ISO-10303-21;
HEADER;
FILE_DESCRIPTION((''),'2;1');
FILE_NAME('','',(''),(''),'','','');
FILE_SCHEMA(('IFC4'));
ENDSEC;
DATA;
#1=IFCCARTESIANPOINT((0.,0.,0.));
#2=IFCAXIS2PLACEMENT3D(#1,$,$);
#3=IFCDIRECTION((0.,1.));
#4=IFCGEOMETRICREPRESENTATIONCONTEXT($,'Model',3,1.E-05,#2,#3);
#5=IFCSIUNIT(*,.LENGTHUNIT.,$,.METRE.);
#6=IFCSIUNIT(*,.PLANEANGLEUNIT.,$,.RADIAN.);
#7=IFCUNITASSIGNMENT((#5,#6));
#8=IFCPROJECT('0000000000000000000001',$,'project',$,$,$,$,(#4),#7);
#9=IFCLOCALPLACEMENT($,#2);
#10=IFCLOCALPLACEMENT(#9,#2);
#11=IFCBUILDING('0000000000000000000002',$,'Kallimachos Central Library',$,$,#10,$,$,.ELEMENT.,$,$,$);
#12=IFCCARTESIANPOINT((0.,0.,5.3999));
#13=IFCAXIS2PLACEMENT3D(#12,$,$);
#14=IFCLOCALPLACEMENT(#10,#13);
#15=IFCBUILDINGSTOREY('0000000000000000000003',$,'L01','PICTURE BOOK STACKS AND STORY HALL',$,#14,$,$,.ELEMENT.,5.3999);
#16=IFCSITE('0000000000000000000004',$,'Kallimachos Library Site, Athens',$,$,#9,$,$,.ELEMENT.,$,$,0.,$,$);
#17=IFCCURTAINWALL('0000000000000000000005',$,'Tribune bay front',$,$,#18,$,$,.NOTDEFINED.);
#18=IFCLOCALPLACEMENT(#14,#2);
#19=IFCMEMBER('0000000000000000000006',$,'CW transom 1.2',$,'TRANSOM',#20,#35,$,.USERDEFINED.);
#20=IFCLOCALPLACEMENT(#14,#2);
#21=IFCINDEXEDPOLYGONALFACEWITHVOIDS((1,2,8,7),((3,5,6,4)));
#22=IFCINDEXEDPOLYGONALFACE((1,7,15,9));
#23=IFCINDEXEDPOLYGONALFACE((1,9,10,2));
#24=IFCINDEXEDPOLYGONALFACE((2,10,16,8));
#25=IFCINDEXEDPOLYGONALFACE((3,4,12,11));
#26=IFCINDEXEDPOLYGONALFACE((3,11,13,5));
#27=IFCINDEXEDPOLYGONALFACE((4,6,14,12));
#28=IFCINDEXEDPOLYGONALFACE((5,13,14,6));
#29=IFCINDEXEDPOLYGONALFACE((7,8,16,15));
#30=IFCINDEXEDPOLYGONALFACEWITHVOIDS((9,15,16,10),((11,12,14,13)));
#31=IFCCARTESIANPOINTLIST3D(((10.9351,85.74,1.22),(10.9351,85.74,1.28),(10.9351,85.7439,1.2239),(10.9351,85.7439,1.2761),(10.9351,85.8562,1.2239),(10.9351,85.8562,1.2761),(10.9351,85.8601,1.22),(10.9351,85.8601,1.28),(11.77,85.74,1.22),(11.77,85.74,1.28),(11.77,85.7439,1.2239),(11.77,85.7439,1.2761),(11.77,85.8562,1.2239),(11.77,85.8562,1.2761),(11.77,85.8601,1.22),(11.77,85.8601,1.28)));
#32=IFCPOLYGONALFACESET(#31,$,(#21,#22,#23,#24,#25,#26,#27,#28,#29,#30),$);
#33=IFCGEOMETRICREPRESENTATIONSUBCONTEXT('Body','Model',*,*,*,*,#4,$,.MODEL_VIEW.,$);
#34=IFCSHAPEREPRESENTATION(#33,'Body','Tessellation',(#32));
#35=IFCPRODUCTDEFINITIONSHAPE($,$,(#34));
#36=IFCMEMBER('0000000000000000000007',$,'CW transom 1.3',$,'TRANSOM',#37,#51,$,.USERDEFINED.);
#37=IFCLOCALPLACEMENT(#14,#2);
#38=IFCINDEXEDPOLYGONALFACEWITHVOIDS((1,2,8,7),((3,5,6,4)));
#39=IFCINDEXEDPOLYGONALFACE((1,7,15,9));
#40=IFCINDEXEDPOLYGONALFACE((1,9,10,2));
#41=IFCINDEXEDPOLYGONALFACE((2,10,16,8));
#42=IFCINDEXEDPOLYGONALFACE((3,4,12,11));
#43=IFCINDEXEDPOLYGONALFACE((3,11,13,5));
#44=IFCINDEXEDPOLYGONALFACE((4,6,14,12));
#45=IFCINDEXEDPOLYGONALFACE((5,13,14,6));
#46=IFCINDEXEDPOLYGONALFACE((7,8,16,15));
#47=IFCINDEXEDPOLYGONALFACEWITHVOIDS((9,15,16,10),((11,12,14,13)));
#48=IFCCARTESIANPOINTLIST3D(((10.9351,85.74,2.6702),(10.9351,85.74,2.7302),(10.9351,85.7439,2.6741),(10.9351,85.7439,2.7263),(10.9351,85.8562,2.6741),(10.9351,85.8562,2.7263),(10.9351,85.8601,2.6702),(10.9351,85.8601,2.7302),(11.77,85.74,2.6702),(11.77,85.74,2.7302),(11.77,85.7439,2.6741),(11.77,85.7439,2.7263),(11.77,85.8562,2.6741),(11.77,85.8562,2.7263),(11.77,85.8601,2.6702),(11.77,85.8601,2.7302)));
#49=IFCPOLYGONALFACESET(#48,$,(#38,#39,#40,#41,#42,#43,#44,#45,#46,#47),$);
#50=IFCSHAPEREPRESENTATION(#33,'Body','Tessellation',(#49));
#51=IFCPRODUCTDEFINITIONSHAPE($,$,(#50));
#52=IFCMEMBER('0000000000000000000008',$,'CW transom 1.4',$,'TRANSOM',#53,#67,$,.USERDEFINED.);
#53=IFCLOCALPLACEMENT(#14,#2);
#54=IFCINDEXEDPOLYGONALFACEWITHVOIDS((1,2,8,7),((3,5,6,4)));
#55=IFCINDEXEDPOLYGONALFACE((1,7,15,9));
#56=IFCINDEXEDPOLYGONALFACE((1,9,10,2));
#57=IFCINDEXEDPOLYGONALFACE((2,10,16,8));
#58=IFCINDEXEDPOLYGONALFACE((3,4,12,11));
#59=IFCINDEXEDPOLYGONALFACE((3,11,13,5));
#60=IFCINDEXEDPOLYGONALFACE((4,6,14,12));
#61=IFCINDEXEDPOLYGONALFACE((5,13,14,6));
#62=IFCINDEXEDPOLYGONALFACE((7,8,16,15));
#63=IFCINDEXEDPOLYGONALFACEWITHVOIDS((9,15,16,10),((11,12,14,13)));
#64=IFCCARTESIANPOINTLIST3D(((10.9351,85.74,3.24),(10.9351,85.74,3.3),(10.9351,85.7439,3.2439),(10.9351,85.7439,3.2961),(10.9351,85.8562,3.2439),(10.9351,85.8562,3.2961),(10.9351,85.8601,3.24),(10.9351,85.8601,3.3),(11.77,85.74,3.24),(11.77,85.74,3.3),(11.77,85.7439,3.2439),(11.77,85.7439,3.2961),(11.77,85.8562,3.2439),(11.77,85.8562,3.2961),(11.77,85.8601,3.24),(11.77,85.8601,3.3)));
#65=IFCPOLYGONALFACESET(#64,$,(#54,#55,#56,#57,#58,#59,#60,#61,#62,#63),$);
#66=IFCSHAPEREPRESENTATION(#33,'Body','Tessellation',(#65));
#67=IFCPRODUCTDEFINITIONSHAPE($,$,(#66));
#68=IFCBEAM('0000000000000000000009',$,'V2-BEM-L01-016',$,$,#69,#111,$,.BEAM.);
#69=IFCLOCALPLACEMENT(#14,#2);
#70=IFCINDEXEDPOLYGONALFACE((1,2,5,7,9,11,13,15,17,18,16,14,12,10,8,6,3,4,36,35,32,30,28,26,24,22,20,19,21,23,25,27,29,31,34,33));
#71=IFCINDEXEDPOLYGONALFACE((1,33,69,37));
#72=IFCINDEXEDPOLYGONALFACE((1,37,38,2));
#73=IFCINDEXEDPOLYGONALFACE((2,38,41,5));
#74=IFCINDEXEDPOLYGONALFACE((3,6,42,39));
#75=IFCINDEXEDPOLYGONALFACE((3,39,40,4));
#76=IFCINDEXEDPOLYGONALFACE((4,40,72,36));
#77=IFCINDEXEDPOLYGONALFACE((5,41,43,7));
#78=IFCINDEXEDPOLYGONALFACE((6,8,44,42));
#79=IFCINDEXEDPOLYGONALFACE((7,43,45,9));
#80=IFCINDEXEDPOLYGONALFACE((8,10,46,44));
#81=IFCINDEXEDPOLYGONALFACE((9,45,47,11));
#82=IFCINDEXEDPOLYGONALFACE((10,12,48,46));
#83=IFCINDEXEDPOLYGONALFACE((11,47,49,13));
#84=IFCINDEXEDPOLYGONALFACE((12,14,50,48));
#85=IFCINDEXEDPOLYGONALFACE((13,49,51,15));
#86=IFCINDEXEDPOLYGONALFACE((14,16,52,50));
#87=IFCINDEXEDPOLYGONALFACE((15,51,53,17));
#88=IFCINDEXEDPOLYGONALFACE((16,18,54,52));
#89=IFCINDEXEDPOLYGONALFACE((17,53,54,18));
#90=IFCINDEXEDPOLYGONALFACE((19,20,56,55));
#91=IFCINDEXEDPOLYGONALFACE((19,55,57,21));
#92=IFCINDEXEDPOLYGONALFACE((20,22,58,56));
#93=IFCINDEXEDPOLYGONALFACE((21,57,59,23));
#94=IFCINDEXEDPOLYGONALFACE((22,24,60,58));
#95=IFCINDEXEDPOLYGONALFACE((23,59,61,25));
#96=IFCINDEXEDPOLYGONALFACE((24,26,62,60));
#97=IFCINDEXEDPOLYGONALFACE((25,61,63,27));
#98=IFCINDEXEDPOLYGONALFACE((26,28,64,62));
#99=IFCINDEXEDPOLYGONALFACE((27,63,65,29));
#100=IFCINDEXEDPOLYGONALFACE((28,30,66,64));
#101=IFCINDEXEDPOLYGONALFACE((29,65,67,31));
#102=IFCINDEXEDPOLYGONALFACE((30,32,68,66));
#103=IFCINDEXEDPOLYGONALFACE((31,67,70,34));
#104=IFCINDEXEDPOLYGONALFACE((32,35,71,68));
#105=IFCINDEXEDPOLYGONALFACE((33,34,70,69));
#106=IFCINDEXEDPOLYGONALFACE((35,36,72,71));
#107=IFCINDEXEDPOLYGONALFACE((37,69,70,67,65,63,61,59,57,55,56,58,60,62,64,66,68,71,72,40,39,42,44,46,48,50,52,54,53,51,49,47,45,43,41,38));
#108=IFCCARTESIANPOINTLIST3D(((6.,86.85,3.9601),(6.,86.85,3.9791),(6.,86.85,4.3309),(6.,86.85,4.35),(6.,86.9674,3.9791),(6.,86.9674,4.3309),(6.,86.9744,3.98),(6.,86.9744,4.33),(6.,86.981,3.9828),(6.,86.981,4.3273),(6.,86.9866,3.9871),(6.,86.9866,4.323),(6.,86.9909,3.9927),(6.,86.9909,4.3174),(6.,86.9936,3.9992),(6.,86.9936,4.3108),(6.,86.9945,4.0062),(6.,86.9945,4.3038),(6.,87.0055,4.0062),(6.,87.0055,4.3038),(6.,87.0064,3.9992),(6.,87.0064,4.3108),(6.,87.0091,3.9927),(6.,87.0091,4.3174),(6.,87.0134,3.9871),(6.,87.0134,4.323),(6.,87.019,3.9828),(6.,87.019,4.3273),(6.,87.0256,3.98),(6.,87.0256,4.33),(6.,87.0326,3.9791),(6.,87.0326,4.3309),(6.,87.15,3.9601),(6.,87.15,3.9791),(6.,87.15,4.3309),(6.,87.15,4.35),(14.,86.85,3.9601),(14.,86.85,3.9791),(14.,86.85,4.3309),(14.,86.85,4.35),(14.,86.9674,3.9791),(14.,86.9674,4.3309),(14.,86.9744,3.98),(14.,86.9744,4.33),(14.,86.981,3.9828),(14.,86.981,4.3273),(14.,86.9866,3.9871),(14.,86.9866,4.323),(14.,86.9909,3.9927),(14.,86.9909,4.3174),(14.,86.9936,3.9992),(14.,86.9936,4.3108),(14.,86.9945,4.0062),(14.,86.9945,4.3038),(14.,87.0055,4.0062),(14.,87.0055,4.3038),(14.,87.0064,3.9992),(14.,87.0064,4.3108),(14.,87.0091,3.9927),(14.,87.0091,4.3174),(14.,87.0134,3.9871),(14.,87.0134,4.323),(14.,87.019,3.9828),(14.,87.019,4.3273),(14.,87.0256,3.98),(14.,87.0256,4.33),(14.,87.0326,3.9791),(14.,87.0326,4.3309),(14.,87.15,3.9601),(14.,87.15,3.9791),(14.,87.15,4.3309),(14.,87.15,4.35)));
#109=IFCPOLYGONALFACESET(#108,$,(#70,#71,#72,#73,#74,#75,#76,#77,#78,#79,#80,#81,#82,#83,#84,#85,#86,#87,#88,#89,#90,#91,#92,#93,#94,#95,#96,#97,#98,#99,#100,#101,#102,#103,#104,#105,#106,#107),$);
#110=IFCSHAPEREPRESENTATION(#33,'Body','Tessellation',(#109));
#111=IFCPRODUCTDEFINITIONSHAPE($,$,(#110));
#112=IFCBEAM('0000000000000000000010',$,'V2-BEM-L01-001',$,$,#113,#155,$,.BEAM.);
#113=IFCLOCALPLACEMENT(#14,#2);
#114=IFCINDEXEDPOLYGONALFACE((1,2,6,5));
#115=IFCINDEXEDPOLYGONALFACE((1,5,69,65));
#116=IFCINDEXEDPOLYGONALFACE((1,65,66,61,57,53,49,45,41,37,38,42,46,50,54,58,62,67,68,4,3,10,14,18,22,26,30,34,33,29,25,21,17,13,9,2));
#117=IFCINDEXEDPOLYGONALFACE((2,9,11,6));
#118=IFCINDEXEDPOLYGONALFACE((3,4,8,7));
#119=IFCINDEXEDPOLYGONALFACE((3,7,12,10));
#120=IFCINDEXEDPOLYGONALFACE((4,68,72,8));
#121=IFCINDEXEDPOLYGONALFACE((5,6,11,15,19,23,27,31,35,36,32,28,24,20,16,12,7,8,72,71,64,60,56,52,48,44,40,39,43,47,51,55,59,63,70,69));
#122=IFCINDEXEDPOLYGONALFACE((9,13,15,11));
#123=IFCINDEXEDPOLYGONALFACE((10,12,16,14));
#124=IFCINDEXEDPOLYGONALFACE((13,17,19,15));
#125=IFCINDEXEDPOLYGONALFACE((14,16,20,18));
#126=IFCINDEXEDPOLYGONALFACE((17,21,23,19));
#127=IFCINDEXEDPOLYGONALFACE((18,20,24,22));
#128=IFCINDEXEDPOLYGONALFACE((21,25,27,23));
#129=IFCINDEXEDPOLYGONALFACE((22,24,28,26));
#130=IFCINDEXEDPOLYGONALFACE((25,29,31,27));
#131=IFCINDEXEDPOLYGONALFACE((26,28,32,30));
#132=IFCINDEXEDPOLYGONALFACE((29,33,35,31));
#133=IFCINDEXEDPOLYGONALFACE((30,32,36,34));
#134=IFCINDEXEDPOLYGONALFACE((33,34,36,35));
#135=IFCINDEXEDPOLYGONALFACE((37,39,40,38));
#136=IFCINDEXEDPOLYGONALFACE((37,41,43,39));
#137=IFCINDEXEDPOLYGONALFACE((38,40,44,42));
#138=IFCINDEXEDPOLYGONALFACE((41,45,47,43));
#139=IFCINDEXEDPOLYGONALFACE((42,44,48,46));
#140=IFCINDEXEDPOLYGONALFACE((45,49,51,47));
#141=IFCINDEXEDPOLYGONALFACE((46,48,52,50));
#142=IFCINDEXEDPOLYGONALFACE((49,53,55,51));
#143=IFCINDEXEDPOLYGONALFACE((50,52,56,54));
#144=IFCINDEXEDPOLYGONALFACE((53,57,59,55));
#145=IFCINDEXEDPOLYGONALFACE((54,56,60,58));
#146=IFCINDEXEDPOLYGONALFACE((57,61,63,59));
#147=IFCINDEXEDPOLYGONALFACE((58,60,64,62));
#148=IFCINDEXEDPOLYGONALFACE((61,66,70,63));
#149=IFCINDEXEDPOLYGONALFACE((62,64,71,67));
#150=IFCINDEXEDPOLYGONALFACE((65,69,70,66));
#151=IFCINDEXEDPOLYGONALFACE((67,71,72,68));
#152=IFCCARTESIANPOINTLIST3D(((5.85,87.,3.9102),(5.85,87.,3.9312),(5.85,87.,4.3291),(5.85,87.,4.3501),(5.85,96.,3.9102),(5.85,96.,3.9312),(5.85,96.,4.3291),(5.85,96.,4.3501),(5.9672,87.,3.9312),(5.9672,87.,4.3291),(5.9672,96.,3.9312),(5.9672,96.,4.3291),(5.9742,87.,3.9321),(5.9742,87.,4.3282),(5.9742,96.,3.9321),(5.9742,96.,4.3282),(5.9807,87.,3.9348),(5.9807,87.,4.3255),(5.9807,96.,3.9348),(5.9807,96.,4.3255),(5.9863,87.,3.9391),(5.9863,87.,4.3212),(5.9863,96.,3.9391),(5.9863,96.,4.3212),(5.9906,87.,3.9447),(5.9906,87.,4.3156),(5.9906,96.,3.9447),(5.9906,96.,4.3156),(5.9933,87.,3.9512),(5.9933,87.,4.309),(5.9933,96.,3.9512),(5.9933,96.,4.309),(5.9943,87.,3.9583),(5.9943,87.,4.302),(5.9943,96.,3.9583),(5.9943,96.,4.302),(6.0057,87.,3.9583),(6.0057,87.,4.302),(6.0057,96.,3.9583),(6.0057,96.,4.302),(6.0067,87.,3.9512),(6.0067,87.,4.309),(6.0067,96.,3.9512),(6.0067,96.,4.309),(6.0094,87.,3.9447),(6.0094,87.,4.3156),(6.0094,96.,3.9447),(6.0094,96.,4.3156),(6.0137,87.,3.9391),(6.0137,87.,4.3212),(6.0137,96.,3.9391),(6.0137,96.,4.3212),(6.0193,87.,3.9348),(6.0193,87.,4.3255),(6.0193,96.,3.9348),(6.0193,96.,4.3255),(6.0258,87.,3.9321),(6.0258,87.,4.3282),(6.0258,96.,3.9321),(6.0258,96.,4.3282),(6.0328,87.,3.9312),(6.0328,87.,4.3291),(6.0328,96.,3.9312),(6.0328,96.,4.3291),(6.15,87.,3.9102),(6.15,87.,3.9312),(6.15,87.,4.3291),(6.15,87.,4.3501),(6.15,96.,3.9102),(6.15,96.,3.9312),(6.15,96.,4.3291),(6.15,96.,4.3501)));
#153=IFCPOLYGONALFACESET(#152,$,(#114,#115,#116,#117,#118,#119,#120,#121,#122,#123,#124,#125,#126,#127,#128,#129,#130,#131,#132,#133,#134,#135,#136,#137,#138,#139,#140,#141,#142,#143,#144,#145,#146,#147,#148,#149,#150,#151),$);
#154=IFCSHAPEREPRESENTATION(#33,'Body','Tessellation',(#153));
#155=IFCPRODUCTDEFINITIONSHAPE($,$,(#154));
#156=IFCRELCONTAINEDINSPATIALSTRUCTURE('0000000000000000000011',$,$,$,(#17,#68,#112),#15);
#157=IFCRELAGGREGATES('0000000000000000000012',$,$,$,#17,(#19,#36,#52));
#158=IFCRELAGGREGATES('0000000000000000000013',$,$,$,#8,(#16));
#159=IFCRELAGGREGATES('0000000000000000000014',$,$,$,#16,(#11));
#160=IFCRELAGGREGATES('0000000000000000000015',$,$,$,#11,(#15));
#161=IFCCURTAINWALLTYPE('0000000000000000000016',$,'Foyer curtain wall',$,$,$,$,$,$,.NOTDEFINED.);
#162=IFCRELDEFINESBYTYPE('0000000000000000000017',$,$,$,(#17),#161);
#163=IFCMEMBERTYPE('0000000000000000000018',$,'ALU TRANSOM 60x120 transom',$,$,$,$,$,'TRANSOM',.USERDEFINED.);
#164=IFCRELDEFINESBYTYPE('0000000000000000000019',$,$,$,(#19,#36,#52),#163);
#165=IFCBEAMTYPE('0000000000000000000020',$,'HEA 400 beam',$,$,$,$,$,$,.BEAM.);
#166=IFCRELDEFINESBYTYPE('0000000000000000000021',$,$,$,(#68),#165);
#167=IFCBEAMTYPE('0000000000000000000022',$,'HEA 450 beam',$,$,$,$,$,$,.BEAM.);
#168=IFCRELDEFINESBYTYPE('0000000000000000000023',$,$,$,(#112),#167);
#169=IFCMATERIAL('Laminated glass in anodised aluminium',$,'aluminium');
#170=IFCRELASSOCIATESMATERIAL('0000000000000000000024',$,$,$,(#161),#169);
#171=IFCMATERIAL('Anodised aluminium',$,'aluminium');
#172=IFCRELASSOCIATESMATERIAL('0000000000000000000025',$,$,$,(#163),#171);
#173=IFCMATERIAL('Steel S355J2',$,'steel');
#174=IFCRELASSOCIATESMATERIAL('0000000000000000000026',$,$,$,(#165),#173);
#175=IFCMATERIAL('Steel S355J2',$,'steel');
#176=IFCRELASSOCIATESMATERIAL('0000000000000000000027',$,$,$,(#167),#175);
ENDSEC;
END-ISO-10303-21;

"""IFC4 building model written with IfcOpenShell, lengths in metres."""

from ifc_helpers import new_model, si_unit, direction, frame, origin, origin_2d, place, context, subcontext, project, spatial, hollow_rectangle, i_section, extrude, material, material_profile, profile_set, type_object, element, aggregate, save


model = new_model("IFC4")

# Units and contexts
model_context = context("Model", 3, precision=1e-05, world=origin(), true_north=direction((0.0, 1.0)))
body_context = subcontext(model_context, "Body", "Model", "MODEL_VIEW")
ifc_project = project(units=[si_unit("LENGTHUNIT", "METRE"), si_unit("PLANEANGLEUNIT", "RADIAN")], contexts=[model_context])

# Site, building, storey
site_placement = place(None, origin())
site = spatial("IfcSite", under=ifc_project, at=site_placement, Name="Kallimachos Library Site, Athens", CompositionType="ELEMENT", RefElevation=0.0)
building_placement = place(site_placement, origin())
building = spatial("IfcBuilding", under=site, at=building_placement, Name="Kallimachos Central Library", CompositionType="ELEMENT")
storey_placement = place(building_placement, frame((0.0, 0.0, 5.3999)))
storey = spatial("IfcBuildingStorey", under=building, at=storey_placement, Name="L01", Description="PICTURE BOOK STACKS AND STORY HALL", CompositionType="ELEMENT", Elevation=5.3999)

# Shared definitions
ifc_material_1 = material(Name="Laminated glass in anodised aluminium", Category="aluminium")
curtain_wall_type = type_object("IfcCurtainWallType", Name="Foyer curtain wall", PredefinedType="NOTDEFINED", material=ifc_material_1)

# Curtain wall
curtain_wall_1_placement = place(storey_placement, origin())
curtain_wall_1 = element("IfcCurtainWall", 1, at=curtain_wall_1_placement, inside=storey, type_object=curtain_wall_type, Name="Tribune bay front", PredefinedType="NOTDEFINED")

# Members
ifc_material_2 = material(Name="Anodised aluminium", Category="aluminium")
ifc_material_profile_1 = material_profile(ifc_material_2, hollow_rectangle(XDim=0.0601, YDim=0.1201, WallThickness=0.0039, at=origin_2d()), Name="ALU TRANSOM 60x120")
ifc_profile_set_1 = profile_set([ifc_material_profile_1], Name="Anodised aluminium")
member_type_1 = type_object("IfcMemberType", Name="ALU TRANSOM 60x120 transom", ElementType="TRANSOM", PredefinedType="USERDEFINED", material=ifc_profile_set_1)
member_1_placement = place(storey_placement, frame((10.9351, 85.8, 1.25), z_axis=(1.0, 0.0, 0.0), x_axis=(0.0, 0.0, 1.0)))
member_1 = element("IfcMember", 2, at=member_1_placement, type_object=member_type_1, Name="CW transom 1.2", ObjectType="TRANSOM", PredefinedType="USERDEFINED", context=body_context, shape_type="SweptSolid", body=[
    extrude(hollow_rectangle(XDim=0.0601, YDim=0.1201, WallThickness=0.0039, at=origin_2d()), origin(), (0.0, 0.0, 1.0), 0.835),
])
member_2_placement = place(storey_placement, frame((10.9351, 85.8, 2.7002), z_axis=(1.0, 0.0, 0.0), x_axis=(0.0, 0.0, 1.0)))
member_2 = element("IfcMember", 3, at=member_2_placement, type_object=member_type_1, Name="CW transom 1.3", ObjectType="TRANSOM", PredefinedType="USERDEFINED", context=body_context, shape_type="SweptSolid", body=[
    extrude(hollow_rectangle(XDim=0.0601, YDim=0.1201, WallThickness=0.0039, at=origin_2d()), origin(), (0.0, 0.0, 1.0), 0.835),
])
member_3_placement = place(storey_placement, frame((10.9351, 85.8, 3.27), z_axis=(1.0, 0.0, 0.0), x_axis=(0.0, 0.0, 1.0)))
member_3 = element("IfcMember", 4, at=member_3_placement, type_object=member_type_1, Name="CW transom 1.4", ObjectType="TRANSOM", PredefinedType="USERDEFINED", context=body_context, shape_type="SweptSolid", body=[
    extrude(hollow_rectangle(XDim=0.0601, YDim=0.1201, WallThickness=0.0039, at=origin_2d()), origin(), (0.0, 0.0, 1.0), 0.835),
])
aggregate(curtain_wall_1, [member_1, member_2, member_3])

# Beams
ifc_material_3 = material(Name="Steel S355J2", Category="steel")
ifc_material_profile_2 = material_profile(ifc_material_3, i_section(OverallWidth=0.3, OverallDepth=0.3899, WebThickness=0.011, FlangeThickness=0.019, FilletRadius=0.0271, at=origin_2d()), Name="HEA 400")
ifc_profile_set_2 = profile_set([ifc_material_profile_2], Name="Steel S355J2")
beam_type_1 = type_object("IfcBeamType", Name="HEA 400 beam", PredefinedType="BEAM", material=ifc_profile_set_2)
beam_1_placement = place(storey_placement, frame((6.0, 87.0, 4.155), z_axis=(1.0, 0.0, 0.0), x_axis=(0.0, 1.0, 0.0)))
element("IfcBeam", 5, at=beam_1_placement, inside=storey, type_object=beam_type_1, Name="V2-BEM-L01-016", PredefinedType="BEAM", context=body_context, shape_type="SweptSolid", body=[
    extrude(i_section(OverallWidth=0.3, OverallDepth=0.3899, WebThickness=0.011, FlangeThickness=0.019, FilletRadius=0.0271, at=origin_2d()), origin(), (0.0, 0.0, 1.0), 8.0),
])
ifc_material_4 = material(Name="Steel S355J2", Category="steel")
ifc_material_profile_3 = material_profile(ifc_material_4, i_section(OverallWidth=0.3, OverallDepth=0.4399, WebThickness=0.0115, FlangeThickness=0.021, FilletRadius=0.0271, at=origin_2d()), Name="HEA 450")
ifc_profile_set_3 = profile_set([ifc_material_profile_3], Name="Steel S355J2")
beam_type_2 = type_object("IfcBeamType", Name="HEA 450 beam", PredefinedType="BEAM", material=ifc_profile_set_3)
beam_2_placement = place(storey_placement, frame((6.0, 87.0, 4.1301), z_axis=(0.0, 1.0, 0.0), x_axis=(-1.0, 0.0, 0.0)))
element("IfcBeam", 6, at=beam_2_placement, inside=storey, type_object=beam_type_2, Name="V2-BEM-L01-001", PredefinedType="BEAM", context=body_context, shape_type="SweptSolid", body=[
    extrude(i_section(OverallWidth=0.3, OverallDepth=0.4399, WebThickness=0.0115, FlangeThickness=0.021, FilletRadius=0.0271, at=origin_2d()), origin(), (0.0, 0.0, 1.0), 9.0),
])

save(model, "model.ifc")
